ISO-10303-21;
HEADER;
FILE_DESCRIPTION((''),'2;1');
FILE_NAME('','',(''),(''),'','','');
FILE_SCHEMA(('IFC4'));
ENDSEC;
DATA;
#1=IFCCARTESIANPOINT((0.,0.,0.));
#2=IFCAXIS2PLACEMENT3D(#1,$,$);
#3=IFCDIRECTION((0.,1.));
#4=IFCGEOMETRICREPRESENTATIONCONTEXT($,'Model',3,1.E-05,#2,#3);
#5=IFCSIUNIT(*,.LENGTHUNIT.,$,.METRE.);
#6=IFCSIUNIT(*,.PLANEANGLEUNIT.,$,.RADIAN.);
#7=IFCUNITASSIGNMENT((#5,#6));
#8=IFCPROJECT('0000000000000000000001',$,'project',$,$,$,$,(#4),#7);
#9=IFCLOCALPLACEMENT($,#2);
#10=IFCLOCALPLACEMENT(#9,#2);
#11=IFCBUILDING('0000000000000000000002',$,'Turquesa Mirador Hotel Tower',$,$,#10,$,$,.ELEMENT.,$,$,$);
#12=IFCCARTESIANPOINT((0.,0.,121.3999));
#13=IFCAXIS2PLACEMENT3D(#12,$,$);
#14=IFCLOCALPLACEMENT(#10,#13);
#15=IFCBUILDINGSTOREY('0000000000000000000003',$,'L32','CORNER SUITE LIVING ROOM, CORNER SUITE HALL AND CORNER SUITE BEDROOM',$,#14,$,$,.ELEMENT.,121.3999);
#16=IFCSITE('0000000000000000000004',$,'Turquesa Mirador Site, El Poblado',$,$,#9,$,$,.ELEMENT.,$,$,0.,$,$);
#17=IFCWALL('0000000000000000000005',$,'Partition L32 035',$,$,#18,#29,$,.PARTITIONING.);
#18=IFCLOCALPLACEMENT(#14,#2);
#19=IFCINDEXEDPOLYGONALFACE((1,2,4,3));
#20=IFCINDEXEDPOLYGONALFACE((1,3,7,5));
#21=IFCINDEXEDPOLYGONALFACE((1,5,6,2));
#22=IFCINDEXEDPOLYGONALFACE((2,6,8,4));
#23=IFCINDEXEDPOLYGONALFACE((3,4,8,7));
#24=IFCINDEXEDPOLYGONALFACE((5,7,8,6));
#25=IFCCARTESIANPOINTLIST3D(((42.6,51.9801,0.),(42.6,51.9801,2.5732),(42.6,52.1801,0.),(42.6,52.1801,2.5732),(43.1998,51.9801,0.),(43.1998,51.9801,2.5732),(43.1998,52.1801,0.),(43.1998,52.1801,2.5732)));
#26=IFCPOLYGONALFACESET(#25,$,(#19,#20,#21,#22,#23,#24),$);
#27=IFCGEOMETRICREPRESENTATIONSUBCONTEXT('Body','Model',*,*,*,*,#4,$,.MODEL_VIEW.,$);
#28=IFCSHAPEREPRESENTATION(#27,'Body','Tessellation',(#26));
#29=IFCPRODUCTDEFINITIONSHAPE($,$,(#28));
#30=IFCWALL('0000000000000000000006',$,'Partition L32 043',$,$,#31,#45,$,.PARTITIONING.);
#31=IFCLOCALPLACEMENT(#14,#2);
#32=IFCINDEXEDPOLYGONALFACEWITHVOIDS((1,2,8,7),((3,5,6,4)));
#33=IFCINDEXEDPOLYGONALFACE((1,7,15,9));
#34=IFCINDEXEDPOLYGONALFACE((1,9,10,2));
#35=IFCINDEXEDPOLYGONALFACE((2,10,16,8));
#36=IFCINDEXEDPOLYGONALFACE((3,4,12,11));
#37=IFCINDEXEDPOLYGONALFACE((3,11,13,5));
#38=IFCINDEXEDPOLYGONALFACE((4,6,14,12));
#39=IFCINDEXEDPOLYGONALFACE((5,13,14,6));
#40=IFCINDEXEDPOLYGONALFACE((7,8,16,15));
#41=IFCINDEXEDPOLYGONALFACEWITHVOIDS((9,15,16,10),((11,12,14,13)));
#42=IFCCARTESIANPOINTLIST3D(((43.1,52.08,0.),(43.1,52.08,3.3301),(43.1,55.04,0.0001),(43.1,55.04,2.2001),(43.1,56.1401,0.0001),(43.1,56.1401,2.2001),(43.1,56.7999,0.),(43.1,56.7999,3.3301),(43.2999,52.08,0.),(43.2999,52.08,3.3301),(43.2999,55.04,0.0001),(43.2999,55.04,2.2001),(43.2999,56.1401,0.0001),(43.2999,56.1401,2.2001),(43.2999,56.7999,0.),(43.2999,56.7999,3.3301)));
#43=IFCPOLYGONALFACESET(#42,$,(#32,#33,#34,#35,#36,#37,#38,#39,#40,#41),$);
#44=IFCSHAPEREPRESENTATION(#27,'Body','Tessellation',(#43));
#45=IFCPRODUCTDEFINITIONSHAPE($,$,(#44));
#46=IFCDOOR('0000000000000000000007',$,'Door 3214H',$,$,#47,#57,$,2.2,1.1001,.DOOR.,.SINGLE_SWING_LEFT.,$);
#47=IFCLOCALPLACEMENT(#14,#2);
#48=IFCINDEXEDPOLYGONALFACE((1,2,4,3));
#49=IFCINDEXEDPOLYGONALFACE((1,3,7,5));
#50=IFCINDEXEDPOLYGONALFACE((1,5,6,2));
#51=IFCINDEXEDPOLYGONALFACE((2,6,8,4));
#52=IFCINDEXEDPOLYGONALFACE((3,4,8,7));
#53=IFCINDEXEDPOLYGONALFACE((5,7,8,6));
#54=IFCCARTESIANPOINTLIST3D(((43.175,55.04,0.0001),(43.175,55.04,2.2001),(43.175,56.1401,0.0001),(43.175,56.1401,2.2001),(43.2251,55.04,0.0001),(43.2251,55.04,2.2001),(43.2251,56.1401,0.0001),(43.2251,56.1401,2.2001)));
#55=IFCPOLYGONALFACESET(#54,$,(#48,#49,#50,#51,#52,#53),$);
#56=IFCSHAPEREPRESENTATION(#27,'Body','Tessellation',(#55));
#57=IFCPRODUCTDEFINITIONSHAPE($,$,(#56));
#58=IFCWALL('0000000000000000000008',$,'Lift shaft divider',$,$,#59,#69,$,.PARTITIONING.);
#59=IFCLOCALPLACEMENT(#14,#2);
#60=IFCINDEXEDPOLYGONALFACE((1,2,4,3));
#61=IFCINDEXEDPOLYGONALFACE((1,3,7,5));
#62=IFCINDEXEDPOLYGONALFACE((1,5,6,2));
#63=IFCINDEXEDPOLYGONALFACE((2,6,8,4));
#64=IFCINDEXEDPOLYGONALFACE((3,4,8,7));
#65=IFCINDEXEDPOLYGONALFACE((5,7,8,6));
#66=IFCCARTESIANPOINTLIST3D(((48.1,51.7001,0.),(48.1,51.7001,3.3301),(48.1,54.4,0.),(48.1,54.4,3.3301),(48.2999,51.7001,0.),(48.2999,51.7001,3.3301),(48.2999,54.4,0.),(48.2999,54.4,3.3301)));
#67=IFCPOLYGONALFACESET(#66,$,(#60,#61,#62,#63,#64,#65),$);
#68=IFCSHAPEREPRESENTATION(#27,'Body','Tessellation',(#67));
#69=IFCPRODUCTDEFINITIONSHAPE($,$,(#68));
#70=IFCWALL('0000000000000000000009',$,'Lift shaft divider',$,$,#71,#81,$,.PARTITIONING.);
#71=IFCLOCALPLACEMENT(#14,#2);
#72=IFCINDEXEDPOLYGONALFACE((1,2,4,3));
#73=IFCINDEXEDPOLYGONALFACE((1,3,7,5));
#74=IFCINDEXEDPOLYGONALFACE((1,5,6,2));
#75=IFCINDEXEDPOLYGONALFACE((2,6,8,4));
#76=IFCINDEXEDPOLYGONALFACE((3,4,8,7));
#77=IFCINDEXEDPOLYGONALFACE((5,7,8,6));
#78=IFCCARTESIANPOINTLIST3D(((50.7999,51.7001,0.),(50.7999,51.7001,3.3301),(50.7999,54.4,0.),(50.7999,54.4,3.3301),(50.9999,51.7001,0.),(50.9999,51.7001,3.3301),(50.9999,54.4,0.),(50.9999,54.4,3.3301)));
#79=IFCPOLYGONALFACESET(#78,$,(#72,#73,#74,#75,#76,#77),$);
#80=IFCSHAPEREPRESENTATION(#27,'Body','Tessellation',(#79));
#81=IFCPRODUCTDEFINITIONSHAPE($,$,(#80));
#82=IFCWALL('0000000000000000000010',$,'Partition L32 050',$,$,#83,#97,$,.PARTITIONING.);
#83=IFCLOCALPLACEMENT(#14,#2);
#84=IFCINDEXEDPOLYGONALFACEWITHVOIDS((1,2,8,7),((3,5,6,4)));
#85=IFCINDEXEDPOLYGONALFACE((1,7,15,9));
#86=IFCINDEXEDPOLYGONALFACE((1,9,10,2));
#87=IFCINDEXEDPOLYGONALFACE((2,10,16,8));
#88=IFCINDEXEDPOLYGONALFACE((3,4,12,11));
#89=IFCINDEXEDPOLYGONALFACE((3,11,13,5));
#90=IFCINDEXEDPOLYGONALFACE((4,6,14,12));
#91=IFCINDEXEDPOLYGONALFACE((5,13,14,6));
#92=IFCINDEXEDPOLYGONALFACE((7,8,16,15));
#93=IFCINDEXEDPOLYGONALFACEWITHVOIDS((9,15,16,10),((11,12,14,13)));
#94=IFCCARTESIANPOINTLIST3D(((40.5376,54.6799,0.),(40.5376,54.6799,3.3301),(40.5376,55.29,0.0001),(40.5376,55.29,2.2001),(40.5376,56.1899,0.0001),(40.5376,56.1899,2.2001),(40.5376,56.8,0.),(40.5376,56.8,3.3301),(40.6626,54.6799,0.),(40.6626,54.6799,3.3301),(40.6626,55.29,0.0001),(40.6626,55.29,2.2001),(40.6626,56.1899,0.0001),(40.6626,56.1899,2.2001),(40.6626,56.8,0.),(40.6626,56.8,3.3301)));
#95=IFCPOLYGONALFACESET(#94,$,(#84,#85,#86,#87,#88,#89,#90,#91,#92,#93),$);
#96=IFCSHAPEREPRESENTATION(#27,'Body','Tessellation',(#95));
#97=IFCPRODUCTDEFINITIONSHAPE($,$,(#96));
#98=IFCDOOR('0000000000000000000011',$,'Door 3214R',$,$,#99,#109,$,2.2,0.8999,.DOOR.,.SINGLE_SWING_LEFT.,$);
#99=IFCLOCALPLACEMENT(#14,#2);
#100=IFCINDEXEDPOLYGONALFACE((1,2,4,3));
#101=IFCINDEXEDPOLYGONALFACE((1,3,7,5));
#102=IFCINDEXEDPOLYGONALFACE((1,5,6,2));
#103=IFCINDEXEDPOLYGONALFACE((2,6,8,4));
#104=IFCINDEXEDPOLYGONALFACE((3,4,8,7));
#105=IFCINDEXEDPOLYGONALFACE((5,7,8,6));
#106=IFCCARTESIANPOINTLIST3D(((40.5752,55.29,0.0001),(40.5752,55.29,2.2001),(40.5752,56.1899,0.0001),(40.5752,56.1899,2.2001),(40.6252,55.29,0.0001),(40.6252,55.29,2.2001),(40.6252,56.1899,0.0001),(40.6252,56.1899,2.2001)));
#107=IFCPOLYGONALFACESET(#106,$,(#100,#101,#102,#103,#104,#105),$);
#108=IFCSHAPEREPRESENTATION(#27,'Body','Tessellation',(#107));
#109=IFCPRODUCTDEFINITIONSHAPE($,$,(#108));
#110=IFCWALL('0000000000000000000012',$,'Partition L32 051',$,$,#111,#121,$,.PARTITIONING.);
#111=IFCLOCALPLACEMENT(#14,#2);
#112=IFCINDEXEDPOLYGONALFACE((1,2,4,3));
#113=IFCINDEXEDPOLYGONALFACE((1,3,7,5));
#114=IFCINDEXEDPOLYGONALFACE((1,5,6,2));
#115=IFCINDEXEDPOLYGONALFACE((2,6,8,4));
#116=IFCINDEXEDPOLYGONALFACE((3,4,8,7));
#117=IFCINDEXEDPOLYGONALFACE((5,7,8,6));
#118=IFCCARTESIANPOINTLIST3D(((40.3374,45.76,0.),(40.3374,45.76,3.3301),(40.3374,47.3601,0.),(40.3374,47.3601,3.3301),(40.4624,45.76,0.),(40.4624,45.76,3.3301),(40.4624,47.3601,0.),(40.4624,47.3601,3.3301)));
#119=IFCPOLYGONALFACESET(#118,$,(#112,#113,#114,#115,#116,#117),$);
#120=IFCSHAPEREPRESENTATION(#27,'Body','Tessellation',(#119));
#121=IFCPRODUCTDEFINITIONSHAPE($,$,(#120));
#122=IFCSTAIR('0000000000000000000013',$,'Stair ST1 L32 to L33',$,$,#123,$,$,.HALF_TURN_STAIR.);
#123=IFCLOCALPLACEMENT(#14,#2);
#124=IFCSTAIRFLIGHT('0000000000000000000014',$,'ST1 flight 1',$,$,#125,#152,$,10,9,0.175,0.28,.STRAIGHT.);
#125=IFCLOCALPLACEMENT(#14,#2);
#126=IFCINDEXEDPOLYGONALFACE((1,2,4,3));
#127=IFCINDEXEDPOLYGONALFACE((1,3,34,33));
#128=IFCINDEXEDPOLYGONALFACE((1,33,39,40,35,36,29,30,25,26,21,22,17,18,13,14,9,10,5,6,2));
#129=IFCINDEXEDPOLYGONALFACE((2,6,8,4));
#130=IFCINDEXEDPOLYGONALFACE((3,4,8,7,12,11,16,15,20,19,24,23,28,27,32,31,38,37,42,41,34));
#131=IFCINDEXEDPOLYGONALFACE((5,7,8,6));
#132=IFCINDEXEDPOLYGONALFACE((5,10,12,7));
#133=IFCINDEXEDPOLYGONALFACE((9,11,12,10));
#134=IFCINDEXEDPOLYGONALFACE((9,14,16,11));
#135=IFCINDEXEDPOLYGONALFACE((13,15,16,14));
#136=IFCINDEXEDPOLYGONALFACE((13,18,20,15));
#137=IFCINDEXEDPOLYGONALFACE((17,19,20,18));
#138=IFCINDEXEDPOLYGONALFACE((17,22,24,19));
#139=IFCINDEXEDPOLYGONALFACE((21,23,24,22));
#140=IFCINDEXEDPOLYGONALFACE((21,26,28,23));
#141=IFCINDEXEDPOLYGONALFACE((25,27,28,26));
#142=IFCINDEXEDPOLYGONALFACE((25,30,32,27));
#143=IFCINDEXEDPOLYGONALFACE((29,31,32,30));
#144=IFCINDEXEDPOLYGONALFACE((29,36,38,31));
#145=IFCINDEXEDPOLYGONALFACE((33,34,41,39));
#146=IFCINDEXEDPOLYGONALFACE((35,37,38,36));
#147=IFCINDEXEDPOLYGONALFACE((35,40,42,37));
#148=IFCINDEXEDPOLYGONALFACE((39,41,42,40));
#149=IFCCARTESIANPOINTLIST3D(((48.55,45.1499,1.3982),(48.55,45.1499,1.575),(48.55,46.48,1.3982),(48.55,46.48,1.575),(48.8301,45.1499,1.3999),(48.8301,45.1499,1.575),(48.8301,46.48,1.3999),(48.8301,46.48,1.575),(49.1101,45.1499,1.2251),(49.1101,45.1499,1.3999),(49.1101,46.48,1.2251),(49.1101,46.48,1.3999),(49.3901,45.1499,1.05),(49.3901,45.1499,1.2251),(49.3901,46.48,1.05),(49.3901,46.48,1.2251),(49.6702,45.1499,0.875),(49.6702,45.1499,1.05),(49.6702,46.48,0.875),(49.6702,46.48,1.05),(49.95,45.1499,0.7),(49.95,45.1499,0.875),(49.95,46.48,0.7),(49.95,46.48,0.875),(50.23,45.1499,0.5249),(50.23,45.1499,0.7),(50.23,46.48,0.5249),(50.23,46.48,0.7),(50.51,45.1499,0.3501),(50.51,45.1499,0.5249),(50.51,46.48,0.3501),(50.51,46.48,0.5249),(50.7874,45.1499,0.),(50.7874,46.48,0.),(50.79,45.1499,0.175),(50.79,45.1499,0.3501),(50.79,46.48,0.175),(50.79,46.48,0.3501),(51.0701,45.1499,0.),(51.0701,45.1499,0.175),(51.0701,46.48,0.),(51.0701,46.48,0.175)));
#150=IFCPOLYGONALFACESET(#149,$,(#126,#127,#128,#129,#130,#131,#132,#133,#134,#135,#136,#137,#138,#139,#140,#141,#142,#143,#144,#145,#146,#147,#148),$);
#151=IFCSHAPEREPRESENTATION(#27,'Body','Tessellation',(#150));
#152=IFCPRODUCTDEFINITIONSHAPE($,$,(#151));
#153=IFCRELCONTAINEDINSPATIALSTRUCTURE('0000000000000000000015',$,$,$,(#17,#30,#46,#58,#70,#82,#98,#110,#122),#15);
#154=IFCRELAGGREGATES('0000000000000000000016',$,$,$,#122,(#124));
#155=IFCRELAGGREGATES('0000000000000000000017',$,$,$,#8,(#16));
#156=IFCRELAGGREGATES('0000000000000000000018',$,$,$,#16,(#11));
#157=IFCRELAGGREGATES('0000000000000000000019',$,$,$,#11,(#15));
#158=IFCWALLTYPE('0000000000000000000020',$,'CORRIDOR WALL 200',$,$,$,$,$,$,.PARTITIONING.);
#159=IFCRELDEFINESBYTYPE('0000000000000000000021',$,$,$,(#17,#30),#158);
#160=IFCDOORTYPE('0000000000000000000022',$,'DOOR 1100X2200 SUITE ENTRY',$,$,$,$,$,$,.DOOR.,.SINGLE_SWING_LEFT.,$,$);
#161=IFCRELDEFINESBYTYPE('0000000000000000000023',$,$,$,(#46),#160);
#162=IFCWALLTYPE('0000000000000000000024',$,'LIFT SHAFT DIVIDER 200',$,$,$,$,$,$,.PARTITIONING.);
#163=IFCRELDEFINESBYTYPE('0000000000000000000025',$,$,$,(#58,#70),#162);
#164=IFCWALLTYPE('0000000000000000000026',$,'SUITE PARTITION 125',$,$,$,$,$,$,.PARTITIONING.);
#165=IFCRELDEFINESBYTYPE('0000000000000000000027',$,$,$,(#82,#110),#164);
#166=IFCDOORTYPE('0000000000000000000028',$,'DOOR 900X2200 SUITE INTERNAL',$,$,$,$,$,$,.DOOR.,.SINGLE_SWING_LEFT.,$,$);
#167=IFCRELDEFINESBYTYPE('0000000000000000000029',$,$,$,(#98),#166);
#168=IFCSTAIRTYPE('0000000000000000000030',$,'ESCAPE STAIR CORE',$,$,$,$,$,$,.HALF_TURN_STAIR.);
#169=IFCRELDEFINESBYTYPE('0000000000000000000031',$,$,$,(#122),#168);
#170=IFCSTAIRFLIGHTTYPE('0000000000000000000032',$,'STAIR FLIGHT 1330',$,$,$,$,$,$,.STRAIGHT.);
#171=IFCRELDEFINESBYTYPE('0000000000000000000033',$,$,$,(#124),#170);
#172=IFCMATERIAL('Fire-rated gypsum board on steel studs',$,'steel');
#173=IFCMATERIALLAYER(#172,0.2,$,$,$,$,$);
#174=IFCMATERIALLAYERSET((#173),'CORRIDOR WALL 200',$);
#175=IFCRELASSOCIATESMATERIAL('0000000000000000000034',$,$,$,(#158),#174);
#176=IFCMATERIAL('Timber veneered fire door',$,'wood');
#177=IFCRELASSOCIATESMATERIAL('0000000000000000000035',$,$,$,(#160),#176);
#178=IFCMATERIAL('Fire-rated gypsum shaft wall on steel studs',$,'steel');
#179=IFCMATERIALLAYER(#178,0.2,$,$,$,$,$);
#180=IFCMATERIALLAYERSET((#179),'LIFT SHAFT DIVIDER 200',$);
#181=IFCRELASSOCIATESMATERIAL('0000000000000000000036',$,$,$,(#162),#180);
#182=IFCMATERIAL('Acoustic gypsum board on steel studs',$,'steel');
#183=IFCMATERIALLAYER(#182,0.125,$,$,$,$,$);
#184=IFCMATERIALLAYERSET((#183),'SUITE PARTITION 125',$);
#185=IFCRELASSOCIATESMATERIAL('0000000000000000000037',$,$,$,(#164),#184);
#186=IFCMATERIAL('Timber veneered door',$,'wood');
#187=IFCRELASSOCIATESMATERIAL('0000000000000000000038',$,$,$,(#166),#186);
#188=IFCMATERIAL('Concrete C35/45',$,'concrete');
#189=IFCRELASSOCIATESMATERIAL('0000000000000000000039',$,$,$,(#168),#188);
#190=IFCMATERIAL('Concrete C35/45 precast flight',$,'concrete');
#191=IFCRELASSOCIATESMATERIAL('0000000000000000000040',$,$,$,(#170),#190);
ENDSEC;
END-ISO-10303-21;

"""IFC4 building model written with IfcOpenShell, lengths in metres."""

from ifc_helpers import new_model, si_unit, direction, frame, frame_2d, origin, place, context, subcontext, project, spatial, polyline, rectangle, outline, extrude, material, layer, layer_set, type_object, element, fill, aggregate, save


model = new_model("IFC4")

# Units and contexts
model_context = context("Model", 3, precision=1e-05, world=origin(), true_north=direction((0.0, 1.0)))
body_context = subcontext(model_context, "Body", "Model", "MODEL_VIEW")
ifc_project = project(units=[si_unit("LENGTHUNIT", "METRE"), si_unit("PLANEANGLEUNIT", "RADIAN")], contexts=[model_context])

# Site, building, storey
site_placement = place(None, origin())
site = spatial("IfcSite", under=ifc_project, at=site_placement, Name="Turquesa Mirador Site, El Poblado", CompositionType="ELEMENT", RefElevation=0.0)
building_placement = place(site_placement, origin())
building = spatial("IfcBuilding", under=site, at=building_placement, Name="Turquesa Mirador Hotel Tower", CompositionType="ELEMENT")
storey_placement = place(building_placement, frame((0.0, 0.0, 121.3999)))
storey = spatial("IfcBuildingStorey", under=building, at=storey_placement, Name="L32", Description="CORNER SUITE LIVING ROOM, CORNER SUITE HALL AND CORNER SUITE BEDROOM", CompositionType="ELEMENT", Elevation=121.3999)

# Wall
ifc_material_1 = material(Name="Fire-rated gypsum board on steel studs", Category="steel")
ifc_layer_1 = layer(ifc_material_1, 0.2)
ifc_layer_set_1 = layer_set([ifc_layer_1], Name="CORRIDOR WALL 200")
wall_type_1 = type_object("IfcWallType", Name="CORRIDOR WALL 200", PredefinedType="PARTITIONING", material=ifc_layer_set_1)
wall_1_placement = place(storey_placement, frame((42.6001, 52.0801, 0.0), z_axis=(0.0, 0.0, 1.0), x_axis=(1.0, 0.0, 0.0)))
element("IfcWall", 1, at=wall_1_placement, inside=storey, type_object=wall_type_1, Name="Partition L32 035", PredefinedType="PARTITIONING", context=body_context, shape_type="SweptSolid", body=[
    extrude(rectangle(XDim=0.5999, YDim=0.2, at=frame_2d((0.2998, 0.0))), origin(), (0.0, 0.0, 1.0), 2.5732),
])

# Wall, opening, door
wall_2_placement = place(storey_placement, frame((43.2, 52.0801, 0.0), z_axis=(0.0, 0.0, 1.0), x_axis=(0.0, 1.0, 0.0)))
wall_2 = element("IfcWall", 2, at=wall_2_placement, inside=storey, type_object=wall_type_1, Name="Partition L32 043", PredefinedType="PARTITIONING", context=body_context, shape_type="SweptSolid", body=[
    extrude(rectangle(XDim=4.72, YDim=0.2, at=frame_2d((2.3599, 0.0))), origin(), (0.0, 0.0, 1.0), 3.3301),
])
opening_1_placement = place(wall_2_placement, frame((2.96, 0.0, 0.0)))
opening_1 = element("IfcOpeningElement", 3, at=opening_1_placement, cuts=wall_2, PredefinedType="OPENING", context=body_context, shape_type="SweptSolid", body=[
    extrude(rectangle(XDim=1.1001, YDim=2.2, at=frame_2d((0.55, 1.1001))), frame((0.0, 0.1099, 0.0), z_axis=(0.0, -1.0, 0.0), x_axis=(1.0, 0.0, 0.0)), (0.0, 0.0, 1.0), 0.22),
])
ifc_material_2 = material(Name="Timber veneered fire door", Category="wood")
door_type_1 = type_object("IfcDoorType", Name="DOOR 1100X2200 SUITE ENTRY", OperationType="SINGLE_SWING_LEFT", PredefinedType="DOOR", material=ifc_material_2)
door_1_placement = place(opening_1_placement, origin())
door_1 = element("IfcDoor", 4, at=door_1_placement, inside=storey, type_object=door_type_1, Name="Door 3214H", OperationType="SINGLE_SWING_LEFT", OverallHeight=2.2, OverallWidth=1.1001, PredefinedType="DOOR", context=body_context, shape_type="SweptSolid", body=[
    extrude(rectangle(XDim=1.1001, YDim=2.2, at=frame_2d((0.55, 1.1001))), frame((0.0, 0.0249, 0.0), z_axis=(0.0, -1.0, 0.0), x_axis=(1.0, 0.0, 0.0)), (0.0, 0.0, 1.0), 0.05),
])
fill(opening_1, door_1)

# Walls
ifc_material_3 = material(Name="Fire-rated gypsum shaft wall on steel studs", Category="steel")
ifc_layer_2 = layer(ifc_material_3, 0.2)
ifc_layer_set_2 = layer_set([ifc_layer_2], Name="LIFT SHAFT DIVIDER 200")
wall_type_2 = type_object("IfcWallType", Name="LIFT SHAFT DIVIDER 200", PredefinedType="PARTITIONING", material=ifc_layer_set_2)
for number, where, z_axis, x_axis, name in (
    (5, (48.2, 51.7, 0.0), (0.0, 0.0, 1.0), (0.0, 1.0, 0.0), "Lift shaft divider"),
    (6, (50.8999, 51.7, 0.0), (0.0, 0.0, 1.0), (0.0, 1.0, 0.0), "Lift shaft divider"),
):
    element("IfcWall", number, at=place(storey_placement, frame(where, z_axis=z_axis, x_axis=x_axis)), inside=storey, type_object=wall_type_2, Name=name, PredefinedType="PARTITIONING", context=body_context, shape_type="SweptSolid", body=[
        extrude(rectangle(XDim=2.7, YDim=0.2, at=frame_2d((1.3501, 0.0))), origin(), (0.0, 0.0, 1.0), 3.3301),
    ])

# Wall, opening, door
ifc_material_4 = material(Name="Acoustic gypsum board on steel studs", Category="steel")
ifc_layer_3 = layer(ifc_material_4, 0.125)
ifc_layer_set_3 = layer_set([ifc_layer_3], Name="SUITE PARTITION 125")
wall_type_3 = type_object("IfcWallType", Name="SUITE PARTITION 125", PredefinedType="PARTITIONING", material=ifc_layer_set_3)
wall_3_placement = place(storey_placement, frame((40.6001, 54.6799, 0.0), z_axis=(0.0, 0.0, 1.0), x_axis=(0.0, 1.0, 0.0)))
wall_3 = element("IfcWall", 7, at=wall_3_placement, inside=storey, type_object=wall_type_3, Name="Partition L32 050", PredefinedType="PARTITIONING", context=body_context, shape_type="SweptSolid", body=[
    extrude(rectangle(XDim=2.1201, YDim=0.125, at=frame_2d((1.0601, 0.0))), origin(), (0.0, 0.0, 1.0), 3.3301),
])
opening_2_placement = place(wall_3_placement, frame((0.6101, 0.0, 0.0)))
opening_2 = element("IfcOpeningElement", 8, at=opening_2_placement, cuts=wall_3, PredefinedType="OPENING", context=body_context, shape_type="SweptSolid", body=[
    extrude(rectangle(XDim=0.8999, YDim=2.2, at=frame_2d((0.45, 1.1001))), frame((0.0, 0.0725, 0.0), z_axis=(0.0, -1.0, 0.0), x_axis=(1.0, 0.0, 0.0)), (0.0, 0.0, 1.0), 0.145),
])
ifc_material_5 = material(Name="Timber veneered door", Category="wood")
door_type_2 = type_object("IfcDoorType", Name="DOOR 900X2200 SUITE INTERNAL", OperationType="SINGLE_SWING_LEFT", PredefinedType="DOOR", material=ifc_material_5)
door_2_placement = place(opening_2_placement, origin())
door_2 = element("IfcDoor", 9, at=door_2_placement, inside=storey, type_object=door_type_2, Name="Door 3214R", OperationType="SINGLE_SWING_LEFT", OverallHeight=2.2, OverallWidth=0.8999, PredefinedType="DOOR", context=body_context, shape_type="SweptSolid", body=[
    extrude(rectangle(XDim=0.8999, YDim=2.2, at=frame_2d((0.45, 1.1001))), frame((0.0, 0.0249, 0.0), z_axis=(0.0, -1.0, 0.0), x_axis=(1.0, 0.0, 0.0)), (0.0, 0.0, 1.0), 0.05),
])
fill(opening_2, door_2)

# Wall
wall_4_placement = place(storey_placement, frame((40.3999, 45.76, 0.0), z_axis=(0.0, 0.0, 1.0), x_axis=(0.0, 1.0, 0.0)))
element("IfcWall", 10, at=wall_4_placement, inside=storey, type_object=wall_type_3, Name="Partition L32 051", PredefinedType="PARTITIONING", context=body_context, shape_type="SweptSolid", body=[
    extrude(rectangle(XDim=1.6001, YDim=0.125, at=frame_2d((0.8, 0.0))), origin(), (0.0, 0.0, 1.0), 3.3301),
])

# Stair, stair flight
ifc_material_6 = material(Name="Concrete C35/45", Category="concrete")
stair_type = type_object("IfcStairType", Name="ESCAPE STAIR CORE", PredefinedType="HALF_TURN_STAIR", material=ifc_material_6)
stair_placement = place(storey_placement, origin())
stair = element("IfcStair", 11, at=stair_placement, inside=storey, type_object=stair_type, Name="Stair ST1 L32 to L33", PredefinedType="HALF_TURN_STAIR")
ifc_material_7 = material(Name="Concrete C35/45 precast flight", Category="concrete")
stair_flight_type = type_object("IfcStairFlightType", Name="STAIR FLIGHT 1330", PredefinedType="STRAIGHT", material=ifc_material_7)
stair_flight_1_placement = place(storey_placement, frame((51.0701, 45.8149, 0.0), z_axis=(0.0, 0.0, 1.0), x_axis=(-1.0, 0.0, 0.0)))
stair_flight_1 = element("IfcStairFlight", 12, at=stair_flight_1_placement, type_object=stair_flight_type, Name="ST1 flight 1", NumberOfRisers=10, NumberOfTreads=9, PredefinedType="STRAIGHT", RiserHeight=0.175, TreadLength=0.28, context=body_context, shape_type="SweptSolid", body=[
    extrude(outline(polyline([(0.0, 0.0), (0.0, 0.175), (0.28, 0.175), (0.28, 0.3501), (0.5601, 0.3501), (0.5601, 0.5249), (0.8401, 0.5249), (0.8401, 0.7), (1.1201, 0.7), (1.1201, 0.875), (1.3999, 0.875), (1.3999, 1.05), (1.6799, 1.05), (1.6799, 1.2251), (1.96, 1.2251), (1.96, 1.3999), (2.24, 1.3999), (2.24, 1.575), (2.52, 1.575), (2.52, 1.75), (2.52, 1.3982), (0.2827, 0.0), (0.0, 0.0)])), frame((0.0, 0.665, 0.0), z_axis=(0.0, -1.0, 0.0), x_axis=(1.0, 0.0, 0.0)), (0.0, 0.0, 1.0), 1.3301),
])
aggregate(stair, [stair_flight_1])

save(model, "model.ifc")
